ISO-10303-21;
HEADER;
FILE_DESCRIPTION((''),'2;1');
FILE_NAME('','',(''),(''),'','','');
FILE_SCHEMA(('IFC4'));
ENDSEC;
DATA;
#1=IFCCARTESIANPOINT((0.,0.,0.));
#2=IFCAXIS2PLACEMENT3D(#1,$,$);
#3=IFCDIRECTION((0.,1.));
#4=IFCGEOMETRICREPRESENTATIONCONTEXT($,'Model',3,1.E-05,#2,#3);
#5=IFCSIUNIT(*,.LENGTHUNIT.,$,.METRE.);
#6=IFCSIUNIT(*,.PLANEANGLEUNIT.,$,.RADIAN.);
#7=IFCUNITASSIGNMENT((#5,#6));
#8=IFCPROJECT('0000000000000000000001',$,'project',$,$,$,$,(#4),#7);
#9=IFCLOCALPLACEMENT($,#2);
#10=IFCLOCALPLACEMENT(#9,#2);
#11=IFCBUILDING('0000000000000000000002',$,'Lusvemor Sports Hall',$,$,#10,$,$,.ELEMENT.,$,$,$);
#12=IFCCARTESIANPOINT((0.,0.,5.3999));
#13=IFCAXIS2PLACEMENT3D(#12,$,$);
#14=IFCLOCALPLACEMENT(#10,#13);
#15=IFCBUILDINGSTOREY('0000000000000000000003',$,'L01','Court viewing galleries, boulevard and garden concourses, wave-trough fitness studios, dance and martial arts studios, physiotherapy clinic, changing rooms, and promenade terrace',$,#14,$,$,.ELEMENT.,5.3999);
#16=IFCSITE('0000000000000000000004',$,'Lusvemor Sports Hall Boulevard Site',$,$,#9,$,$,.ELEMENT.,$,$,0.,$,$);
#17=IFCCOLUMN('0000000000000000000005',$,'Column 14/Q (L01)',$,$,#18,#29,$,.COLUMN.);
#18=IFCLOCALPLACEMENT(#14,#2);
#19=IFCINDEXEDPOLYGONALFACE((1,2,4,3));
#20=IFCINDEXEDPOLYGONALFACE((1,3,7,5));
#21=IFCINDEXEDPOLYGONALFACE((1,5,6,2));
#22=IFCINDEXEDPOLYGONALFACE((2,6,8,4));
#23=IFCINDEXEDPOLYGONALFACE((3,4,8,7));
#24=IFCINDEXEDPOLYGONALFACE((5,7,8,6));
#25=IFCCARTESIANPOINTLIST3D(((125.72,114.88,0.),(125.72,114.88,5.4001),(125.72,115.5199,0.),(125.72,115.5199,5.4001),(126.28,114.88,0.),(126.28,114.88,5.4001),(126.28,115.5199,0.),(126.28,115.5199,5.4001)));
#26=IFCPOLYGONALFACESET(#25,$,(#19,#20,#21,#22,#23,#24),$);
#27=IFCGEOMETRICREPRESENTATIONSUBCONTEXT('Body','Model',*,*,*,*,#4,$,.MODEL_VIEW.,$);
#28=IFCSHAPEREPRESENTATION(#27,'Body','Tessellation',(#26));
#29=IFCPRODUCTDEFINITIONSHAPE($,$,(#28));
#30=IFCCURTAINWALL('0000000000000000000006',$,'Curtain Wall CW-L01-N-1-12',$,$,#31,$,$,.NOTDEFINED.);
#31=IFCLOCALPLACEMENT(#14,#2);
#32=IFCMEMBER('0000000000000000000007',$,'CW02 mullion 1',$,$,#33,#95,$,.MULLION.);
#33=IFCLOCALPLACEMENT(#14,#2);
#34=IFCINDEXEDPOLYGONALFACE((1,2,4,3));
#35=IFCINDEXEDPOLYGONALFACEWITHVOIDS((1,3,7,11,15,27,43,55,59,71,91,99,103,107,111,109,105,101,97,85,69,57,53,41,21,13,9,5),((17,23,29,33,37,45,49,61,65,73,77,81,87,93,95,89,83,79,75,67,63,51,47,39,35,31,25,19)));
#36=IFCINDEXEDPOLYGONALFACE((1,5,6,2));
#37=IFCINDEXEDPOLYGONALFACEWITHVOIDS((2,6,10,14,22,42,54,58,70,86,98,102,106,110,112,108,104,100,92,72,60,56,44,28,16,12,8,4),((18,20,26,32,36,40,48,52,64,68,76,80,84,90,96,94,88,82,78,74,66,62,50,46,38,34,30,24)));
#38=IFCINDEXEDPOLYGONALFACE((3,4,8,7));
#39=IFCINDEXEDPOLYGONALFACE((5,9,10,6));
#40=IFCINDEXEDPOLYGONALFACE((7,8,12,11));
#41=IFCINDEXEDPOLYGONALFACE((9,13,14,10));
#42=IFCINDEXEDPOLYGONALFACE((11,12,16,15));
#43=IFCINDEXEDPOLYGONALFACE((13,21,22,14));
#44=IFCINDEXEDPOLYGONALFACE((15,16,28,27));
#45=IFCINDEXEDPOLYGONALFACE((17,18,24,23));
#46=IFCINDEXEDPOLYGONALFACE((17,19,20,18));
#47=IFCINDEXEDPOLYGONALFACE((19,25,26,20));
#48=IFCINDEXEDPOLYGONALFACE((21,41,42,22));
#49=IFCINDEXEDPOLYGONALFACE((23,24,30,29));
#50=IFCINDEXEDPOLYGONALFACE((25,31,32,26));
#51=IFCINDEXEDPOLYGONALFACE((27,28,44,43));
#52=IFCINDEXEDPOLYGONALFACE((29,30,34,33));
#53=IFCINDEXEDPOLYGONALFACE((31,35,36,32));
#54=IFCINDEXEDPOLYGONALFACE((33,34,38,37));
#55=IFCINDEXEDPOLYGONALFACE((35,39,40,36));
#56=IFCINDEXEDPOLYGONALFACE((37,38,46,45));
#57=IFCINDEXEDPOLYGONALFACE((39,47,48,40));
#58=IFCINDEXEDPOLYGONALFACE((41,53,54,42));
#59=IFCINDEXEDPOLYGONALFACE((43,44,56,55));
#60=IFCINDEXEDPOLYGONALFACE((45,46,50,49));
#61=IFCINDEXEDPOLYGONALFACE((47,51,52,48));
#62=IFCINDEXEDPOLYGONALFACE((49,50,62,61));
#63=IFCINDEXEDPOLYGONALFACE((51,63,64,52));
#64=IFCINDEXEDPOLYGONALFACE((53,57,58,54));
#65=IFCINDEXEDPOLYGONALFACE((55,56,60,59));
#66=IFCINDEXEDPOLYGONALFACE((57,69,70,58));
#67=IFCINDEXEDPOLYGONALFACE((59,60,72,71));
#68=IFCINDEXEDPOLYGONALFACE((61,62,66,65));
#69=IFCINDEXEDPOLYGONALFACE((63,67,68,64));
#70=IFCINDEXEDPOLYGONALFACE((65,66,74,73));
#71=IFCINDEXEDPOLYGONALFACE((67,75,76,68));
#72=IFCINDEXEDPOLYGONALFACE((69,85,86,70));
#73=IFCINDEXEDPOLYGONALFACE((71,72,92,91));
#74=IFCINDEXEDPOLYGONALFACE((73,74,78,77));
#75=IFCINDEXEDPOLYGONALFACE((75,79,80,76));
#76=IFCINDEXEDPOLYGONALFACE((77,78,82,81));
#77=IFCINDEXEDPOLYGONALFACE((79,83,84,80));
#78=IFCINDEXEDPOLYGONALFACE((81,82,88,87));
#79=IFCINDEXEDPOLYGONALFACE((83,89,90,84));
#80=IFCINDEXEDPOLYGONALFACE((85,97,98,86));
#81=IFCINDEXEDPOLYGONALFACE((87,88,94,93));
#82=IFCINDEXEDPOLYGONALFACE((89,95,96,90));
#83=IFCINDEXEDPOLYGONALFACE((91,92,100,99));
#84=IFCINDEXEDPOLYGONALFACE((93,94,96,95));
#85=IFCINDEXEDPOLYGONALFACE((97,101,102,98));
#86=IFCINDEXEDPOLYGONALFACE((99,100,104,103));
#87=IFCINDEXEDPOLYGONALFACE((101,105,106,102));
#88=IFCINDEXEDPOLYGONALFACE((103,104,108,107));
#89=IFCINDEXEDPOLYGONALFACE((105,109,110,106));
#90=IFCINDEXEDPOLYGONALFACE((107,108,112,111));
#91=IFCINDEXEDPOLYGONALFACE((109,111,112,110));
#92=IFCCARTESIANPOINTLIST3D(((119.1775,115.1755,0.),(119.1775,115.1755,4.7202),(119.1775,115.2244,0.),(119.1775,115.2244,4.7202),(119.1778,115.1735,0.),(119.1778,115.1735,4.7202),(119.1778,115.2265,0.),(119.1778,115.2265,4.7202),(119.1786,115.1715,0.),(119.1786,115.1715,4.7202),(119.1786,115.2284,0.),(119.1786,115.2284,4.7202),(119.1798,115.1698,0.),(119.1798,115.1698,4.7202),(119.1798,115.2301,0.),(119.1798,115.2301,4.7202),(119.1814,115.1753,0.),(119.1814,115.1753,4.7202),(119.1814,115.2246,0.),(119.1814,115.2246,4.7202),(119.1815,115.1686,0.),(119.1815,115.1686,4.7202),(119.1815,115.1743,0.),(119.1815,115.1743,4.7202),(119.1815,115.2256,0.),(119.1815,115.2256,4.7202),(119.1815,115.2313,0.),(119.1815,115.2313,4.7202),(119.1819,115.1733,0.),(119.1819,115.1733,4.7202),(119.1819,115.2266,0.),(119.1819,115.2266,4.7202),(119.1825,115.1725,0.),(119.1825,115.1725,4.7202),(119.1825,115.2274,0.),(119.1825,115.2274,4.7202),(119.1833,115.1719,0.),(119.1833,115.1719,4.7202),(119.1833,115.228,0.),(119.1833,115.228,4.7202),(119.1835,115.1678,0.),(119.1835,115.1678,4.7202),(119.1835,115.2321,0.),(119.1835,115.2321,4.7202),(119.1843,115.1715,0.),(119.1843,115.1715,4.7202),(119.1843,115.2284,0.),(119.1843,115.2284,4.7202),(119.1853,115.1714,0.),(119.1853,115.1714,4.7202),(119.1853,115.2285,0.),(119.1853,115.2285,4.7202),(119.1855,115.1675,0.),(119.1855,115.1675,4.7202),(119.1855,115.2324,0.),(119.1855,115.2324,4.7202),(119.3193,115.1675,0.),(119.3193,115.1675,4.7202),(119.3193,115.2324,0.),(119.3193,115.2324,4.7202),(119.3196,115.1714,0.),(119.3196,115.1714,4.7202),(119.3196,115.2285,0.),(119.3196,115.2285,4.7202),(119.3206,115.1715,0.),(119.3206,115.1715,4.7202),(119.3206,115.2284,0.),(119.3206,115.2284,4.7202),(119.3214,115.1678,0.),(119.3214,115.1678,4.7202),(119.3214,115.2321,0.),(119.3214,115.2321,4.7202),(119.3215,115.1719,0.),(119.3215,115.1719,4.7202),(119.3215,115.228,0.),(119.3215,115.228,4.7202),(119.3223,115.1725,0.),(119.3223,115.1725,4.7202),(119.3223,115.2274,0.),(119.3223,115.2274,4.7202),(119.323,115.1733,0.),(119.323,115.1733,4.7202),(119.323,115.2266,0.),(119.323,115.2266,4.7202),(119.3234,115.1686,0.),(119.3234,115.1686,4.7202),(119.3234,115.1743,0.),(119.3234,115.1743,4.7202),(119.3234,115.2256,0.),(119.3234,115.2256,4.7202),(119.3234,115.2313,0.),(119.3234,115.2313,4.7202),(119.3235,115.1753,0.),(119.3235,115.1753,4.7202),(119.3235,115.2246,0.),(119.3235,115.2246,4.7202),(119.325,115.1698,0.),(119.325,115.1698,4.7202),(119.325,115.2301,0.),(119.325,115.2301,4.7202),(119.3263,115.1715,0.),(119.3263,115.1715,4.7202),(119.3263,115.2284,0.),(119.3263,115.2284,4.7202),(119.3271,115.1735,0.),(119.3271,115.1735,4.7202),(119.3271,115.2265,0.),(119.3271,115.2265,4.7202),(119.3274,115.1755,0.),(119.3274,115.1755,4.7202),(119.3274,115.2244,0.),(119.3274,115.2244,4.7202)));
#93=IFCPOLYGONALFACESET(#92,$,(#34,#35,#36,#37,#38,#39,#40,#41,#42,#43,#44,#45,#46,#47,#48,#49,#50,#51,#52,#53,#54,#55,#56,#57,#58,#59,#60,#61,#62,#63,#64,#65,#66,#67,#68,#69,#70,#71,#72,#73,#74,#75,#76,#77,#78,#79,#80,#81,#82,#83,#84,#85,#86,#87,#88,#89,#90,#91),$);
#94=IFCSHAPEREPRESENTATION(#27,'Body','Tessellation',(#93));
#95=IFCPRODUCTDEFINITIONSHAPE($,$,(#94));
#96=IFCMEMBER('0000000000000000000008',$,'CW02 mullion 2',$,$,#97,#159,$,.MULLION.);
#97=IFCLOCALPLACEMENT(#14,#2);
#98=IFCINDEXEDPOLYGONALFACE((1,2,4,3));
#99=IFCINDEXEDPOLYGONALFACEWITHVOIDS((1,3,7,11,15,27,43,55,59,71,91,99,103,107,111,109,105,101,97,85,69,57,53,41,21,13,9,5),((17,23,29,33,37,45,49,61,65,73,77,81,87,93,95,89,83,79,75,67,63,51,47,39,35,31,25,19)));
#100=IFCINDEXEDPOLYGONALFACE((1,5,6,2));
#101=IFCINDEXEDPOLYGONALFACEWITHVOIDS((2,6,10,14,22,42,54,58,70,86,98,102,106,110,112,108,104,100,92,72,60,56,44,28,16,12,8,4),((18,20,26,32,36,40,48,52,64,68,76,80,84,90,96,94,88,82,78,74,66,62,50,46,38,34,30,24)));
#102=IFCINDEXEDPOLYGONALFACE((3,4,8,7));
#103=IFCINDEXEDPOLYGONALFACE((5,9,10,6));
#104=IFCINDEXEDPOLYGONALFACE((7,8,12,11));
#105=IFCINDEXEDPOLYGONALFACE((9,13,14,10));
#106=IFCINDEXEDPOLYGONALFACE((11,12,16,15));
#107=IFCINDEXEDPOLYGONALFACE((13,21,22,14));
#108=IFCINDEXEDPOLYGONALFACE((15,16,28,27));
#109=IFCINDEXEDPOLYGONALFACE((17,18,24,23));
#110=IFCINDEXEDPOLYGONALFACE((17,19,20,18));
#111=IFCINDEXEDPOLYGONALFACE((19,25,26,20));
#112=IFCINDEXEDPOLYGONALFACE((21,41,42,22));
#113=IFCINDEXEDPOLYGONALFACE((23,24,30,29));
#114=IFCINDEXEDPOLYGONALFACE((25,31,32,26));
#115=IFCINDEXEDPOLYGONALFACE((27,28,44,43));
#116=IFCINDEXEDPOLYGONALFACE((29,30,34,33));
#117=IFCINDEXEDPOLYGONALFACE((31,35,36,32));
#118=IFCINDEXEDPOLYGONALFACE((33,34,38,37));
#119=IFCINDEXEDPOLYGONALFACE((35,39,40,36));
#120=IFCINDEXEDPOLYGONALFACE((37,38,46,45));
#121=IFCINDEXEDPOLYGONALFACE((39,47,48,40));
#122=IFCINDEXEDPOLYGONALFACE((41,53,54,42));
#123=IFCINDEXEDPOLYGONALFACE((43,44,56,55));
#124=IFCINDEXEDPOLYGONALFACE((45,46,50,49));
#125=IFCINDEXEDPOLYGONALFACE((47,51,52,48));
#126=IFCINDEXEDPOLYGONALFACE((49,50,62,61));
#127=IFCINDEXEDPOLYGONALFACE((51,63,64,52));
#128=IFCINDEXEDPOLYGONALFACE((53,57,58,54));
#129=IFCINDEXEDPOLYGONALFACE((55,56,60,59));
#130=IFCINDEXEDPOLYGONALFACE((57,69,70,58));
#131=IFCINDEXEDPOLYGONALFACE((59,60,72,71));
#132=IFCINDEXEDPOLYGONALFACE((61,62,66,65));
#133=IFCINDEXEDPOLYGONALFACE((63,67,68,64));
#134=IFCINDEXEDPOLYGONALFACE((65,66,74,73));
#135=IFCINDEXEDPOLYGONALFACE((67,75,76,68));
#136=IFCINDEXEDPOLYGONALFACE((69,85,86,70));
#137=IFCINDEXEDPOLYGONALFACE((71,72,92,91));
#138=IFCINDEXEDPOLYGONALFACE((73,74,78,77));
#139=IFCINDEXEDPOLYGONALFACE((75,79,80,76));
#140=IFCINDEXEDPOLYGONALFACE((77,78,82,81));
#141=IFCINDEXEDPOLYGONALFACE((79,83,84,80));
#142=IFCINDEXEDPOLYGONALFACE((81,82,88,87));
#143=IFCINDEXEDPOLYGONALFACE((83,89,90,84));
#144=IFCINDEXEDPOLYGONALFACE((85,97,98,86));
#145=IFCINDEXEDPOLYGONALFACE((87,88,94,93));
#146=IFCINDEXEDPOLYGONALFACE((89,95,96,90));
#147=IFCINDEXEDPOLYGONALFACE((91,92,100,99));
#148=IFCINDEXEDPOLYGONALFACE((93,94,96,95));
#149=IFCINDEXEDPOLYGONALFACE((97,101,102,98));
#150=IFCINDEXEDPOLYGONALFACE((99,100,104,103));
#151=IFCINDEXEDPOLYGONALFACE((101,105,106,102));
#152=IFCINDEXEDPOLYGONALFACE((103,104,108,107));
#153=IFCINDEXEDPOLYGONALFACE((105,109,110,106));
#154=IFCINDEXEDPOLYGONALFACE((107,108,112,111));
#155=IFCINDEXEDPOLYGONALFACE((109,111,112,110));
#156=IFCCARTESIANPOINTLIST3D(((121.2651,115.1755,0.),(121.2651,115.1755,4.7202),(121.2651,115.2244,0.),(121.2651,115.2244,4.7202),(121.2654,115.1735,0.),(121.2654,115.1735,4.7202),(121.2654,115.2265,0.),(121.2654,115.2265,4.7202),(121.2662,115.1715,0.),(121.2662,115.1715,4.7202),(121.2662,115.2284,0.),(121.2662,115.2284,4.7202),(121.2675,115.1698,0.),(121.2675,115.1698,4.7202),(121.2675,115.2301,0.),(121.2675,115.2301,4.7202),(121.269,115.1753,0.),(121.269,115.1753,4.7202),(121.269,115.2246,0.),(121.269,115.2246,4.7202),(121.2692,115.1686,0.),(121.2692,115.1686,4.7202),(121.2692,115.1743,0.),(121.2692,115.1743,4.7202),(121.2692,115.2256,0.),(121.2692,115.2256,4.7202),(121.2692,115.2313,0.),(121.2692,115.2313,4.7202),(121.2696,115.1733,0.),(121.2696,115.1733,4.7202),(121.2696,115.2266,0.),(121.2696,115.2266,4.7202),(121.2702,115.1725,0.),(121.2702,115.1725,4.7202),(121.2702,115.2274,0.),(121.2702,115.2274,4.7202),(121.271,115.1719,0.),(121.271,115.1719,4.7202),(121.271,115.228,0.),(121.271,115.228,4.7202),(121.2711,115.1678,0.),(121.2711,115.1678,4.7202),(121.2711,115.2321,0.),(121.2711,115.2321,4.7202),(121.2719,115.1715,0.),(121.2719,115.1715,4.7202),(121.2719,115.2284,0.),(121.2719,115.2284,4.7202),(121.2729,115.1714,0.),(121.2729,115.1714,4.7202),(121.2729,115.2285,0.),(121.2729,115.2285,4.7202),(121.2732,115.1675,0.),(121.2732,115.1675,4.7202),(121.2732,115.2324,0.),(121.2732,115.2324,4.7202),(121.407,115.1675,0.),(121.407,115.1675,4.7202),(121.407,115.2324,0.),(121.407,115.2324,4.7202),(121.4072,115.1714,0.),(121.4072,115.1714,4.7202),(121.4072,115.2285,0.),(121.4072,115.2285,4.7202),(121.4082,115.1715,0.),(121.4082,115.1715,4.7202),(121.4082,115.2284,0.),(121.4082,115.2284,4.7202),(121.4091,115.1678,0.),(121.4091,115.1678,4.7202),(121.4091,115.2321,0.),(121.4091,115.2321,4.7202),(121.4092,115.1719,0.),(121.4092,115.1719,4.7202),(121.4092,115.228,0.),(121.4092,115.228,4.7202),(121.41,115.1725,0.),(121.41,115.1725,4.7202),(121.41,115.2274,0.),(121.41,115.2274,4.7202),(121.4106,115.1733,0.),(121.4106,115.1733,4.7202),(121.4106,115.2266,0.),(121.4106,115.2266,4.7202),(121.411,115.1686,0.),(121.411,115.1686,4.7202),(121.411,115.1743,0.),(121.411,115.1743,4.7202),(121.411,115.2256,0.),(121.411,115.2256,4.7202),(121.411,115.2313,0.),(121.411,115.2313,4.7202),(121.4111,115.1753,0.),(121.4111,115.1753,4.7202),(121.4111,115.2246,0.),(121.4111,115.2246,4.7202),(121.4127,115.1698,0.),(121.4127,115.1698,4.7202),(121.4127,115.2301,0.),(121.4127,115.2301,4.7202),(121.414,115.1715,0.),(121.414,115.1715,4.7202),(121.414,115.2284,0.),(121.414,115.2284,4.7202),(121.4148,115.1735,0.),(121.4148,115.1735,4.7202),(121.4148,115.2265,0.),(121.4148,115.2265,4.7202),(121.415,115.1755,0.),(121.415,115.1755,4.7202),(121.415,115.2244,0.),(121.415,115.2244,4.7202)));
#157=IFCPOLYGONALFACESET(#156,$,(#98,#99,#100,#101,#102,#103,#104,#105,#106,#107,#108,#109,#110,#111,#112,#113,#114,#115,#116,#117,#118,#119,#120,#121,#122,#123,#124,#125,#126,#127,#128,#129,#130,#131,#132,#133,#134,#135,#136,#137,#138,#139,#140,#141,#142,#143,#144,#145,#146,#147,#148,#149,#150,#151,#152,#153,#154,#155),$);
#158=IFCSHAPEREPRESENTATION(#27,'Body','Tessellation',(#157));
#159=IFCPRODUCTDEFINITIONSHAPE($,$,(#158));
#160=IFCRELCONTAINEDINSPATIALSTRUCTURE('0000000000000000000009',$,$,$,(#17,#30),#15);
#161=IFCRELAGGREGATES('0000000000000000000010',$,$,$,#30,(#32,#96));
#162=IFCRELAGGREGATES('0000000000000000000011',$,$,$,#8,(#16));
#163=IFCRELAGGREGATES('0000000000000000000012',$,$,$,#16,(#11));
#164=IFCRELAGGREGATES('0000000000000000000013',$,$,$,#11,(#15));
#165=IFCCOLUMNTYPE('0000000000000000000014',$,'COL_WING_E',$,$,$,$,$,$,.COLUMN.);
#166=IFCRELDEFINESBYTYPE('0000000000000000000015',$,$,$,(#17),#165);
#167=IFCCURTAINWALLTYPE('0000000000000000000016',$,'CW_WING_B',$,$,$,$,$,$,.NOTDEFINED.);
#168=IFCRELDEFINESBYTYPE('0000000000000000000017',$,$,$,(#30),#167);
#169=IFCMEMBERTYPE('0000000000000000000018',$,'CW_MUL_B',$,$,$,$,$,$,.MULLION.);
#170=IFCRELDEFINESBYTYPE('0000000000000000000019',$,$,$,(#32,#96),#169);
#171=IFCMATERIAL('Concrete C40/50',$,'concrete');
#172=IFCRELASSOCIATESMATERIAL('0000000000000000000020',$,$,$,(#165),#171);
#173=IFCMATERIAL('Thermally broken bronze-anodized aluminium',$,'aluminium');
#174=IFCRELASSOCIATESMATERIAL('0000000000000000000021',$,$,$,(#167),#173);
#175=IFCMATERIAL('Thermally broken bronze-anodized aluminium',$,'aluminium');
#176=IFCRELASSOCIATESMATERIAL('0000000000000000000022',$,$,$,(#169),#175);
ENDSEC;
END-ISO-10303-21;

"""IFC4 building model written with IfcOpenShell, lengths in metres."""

from ifc_helpers import new_model, si_unit, direction, frame, origin, origin_2d, place, context, subcontext, project, spatial, rectangle, hollow_rectangle, extrude, material, material_profile, profile_set, type_object, element, aggregate, save


model = new_model("IFC4")

# Units and contexts
model_context = context("Model", 3, precision=1e-05, world=origin(), true_north=direction((0.0, 1.0)))
body_context = subcontext(model_context, "Body", "Model", "MODEL_VIEW")
ifc_project = project(units=[si_unit("LENGTHUNIT", "METRE"), si_unit("PLANEANGLEUNIT", "RADIAN")], contexts=[model_context])

# Site, building, storey
site_placement = place(None, origin())
site = spatial("IfcSite", under=ifc_project, at=site_placement, Name="Lusvemor Sports Hall Boulevard Site", CompositionType="ELEMENT", RefElevation=0.0)
building_placement = place(site_placement, origin())
building = spatial("IfcBuilding", under=site, at=building_placement, Name="Lusvemor Sports Hall", CompositionType="ELEMENT")
storey_placement = place(building_placement, frame((0.0, 0.0, 5.3999)))
storey = spatial("IfcBuildingStorey", under=building, at=storey_placement, Name="L01", Description="Court viewing galleries, boulevard and garden concourses, wave-trough fitness studios, dance and martial arts studios, physiotherapy clinic, changing rooms, and promenade terrace", CompositionType="ELEMENT", Elevation=5.3999)

# Column
ifc_material_1 = material(Name="Concrete C40/50", Category="concrete")
ifc_material_profile_1 = material_profile(ifc_material_1, rectangle(XDim=0.5601, YDim=0.6399, at=origin_2d()), Name="RC560x640")
ifc_profile_set_1 = profile_set([ifc_material_profile_1], Name="Concrete C40/50")
column_type = type_object("IfcColumnType", Name="COL_WING_E", PredefinedType="COLUMN", material=ifc_profile_set_1)
column_placement = place(storey_placement, frame((126.0, 115.2, 0.0), z_axis=(0.0, 0.0, 1.0), x_axis=(1.0, 0.0, 0.0)))
element("IfcColumn", 1, at=column_placement, inside=storey, type_object=column_type, Name="Column 14/Q (L01)", PredefinedType="COLUMN", context=body_context, shape_type="SweptSolid", body=[
    extrude(rectangle(XDim=0.5601, YDim=0.6399, at=origin_2d()), origin(), (0.0, 0.0, 1.0), 5.4001),
])

# Curtain wall, members
ifc_material_2 = material(Name="Thermally broken bronze-anodized aluminium", Category="aluminium")
curtain_wall_type = type_object("IfcCurtainWallType", Name="CW_WING_B", PredefinedType="NOTDEFINED", material=ifc_material_2)
curtain_wall_placement = place(storey_placement, origin())
curtain_wall = element("IfcCurtainWall", 2, at=curtain_wall_placement, inside=storey, type_object=curtain_wall_type, Name="Curtain Wall CW-L01-N-1-12", PredefinedType="NOTDEFINED")
ifc_material_3 = material(Name="Thermally broken bronze-anodized aluminium", Category="aluminium")
ifc_material_profile_2 = material_profile(ifc_material_3, hollow_rectangle(XDim=0.0649, YDim=0.1499, WallThickness=0.0039, InnerFilletRadius=0.0039, OuterFilletRadius=0.0081, at=origin_2d()), Name="CWMUL150x65x4")
ifc_profile_set_2 = profile_set([ifc_material_profile_2], Name="Thermally broken bronze-anodized aluminium")
member_type_1 = type_object("IfcMemberType", Name="CW_MUL_B", PredefinedType="MULLION", material=ifc_profile_set_2)
member_1_placement = place(storey_placement, frame((119.2524, 115.2, 0.0), z_axis=(0.0, 0.0, 1.0), x_axis=(0.0, 1.0, 0.0)))
member_1 = element("IfcMember", 3, at=member_1_placement, type_object=member_type_1, Name="CW02 mullion 1", PredefinedType="MULLION", context=body_context, shape_type="SweptSolid", body=[
    extrude(hollow_rectangle(XDim=0.0649, YDim=0.1499, WallThickness=0.0039, InnerFilletRadius=0.0039, OuterFilletRadius=0.0081, at=origin_2d()), origin(), (0.0, 0.0, 1.0), 4.7202),
])
member_2_placement = place(storey_placement, frame((121.3401, 115.2, 0.0), z_axis=(0.0, 0.0, 1.0), x_axis=(0.0, 1.0, 0.0)))
member_2 = element("IfcMember", 4, at=member_2_placement, type_object=member_type_1, Name="CW02 mullion 2", PredefinedType="MULLION", context=body_context, shape_type="SweptSolid", body=[
    extrude(hollow_rectangle(XDim=0.0649, YDim=0.1499, WallThickness=0.0039, InnerFilletRadius=0.0039, OuterFilletRadius=0.0081, at=origin_2d()), origin(), (0.0, 0.0, 1.0), 4.7202),
])

aggregate(curtain_wall, [member_1, member_2])

save(model, "model.ifc")
